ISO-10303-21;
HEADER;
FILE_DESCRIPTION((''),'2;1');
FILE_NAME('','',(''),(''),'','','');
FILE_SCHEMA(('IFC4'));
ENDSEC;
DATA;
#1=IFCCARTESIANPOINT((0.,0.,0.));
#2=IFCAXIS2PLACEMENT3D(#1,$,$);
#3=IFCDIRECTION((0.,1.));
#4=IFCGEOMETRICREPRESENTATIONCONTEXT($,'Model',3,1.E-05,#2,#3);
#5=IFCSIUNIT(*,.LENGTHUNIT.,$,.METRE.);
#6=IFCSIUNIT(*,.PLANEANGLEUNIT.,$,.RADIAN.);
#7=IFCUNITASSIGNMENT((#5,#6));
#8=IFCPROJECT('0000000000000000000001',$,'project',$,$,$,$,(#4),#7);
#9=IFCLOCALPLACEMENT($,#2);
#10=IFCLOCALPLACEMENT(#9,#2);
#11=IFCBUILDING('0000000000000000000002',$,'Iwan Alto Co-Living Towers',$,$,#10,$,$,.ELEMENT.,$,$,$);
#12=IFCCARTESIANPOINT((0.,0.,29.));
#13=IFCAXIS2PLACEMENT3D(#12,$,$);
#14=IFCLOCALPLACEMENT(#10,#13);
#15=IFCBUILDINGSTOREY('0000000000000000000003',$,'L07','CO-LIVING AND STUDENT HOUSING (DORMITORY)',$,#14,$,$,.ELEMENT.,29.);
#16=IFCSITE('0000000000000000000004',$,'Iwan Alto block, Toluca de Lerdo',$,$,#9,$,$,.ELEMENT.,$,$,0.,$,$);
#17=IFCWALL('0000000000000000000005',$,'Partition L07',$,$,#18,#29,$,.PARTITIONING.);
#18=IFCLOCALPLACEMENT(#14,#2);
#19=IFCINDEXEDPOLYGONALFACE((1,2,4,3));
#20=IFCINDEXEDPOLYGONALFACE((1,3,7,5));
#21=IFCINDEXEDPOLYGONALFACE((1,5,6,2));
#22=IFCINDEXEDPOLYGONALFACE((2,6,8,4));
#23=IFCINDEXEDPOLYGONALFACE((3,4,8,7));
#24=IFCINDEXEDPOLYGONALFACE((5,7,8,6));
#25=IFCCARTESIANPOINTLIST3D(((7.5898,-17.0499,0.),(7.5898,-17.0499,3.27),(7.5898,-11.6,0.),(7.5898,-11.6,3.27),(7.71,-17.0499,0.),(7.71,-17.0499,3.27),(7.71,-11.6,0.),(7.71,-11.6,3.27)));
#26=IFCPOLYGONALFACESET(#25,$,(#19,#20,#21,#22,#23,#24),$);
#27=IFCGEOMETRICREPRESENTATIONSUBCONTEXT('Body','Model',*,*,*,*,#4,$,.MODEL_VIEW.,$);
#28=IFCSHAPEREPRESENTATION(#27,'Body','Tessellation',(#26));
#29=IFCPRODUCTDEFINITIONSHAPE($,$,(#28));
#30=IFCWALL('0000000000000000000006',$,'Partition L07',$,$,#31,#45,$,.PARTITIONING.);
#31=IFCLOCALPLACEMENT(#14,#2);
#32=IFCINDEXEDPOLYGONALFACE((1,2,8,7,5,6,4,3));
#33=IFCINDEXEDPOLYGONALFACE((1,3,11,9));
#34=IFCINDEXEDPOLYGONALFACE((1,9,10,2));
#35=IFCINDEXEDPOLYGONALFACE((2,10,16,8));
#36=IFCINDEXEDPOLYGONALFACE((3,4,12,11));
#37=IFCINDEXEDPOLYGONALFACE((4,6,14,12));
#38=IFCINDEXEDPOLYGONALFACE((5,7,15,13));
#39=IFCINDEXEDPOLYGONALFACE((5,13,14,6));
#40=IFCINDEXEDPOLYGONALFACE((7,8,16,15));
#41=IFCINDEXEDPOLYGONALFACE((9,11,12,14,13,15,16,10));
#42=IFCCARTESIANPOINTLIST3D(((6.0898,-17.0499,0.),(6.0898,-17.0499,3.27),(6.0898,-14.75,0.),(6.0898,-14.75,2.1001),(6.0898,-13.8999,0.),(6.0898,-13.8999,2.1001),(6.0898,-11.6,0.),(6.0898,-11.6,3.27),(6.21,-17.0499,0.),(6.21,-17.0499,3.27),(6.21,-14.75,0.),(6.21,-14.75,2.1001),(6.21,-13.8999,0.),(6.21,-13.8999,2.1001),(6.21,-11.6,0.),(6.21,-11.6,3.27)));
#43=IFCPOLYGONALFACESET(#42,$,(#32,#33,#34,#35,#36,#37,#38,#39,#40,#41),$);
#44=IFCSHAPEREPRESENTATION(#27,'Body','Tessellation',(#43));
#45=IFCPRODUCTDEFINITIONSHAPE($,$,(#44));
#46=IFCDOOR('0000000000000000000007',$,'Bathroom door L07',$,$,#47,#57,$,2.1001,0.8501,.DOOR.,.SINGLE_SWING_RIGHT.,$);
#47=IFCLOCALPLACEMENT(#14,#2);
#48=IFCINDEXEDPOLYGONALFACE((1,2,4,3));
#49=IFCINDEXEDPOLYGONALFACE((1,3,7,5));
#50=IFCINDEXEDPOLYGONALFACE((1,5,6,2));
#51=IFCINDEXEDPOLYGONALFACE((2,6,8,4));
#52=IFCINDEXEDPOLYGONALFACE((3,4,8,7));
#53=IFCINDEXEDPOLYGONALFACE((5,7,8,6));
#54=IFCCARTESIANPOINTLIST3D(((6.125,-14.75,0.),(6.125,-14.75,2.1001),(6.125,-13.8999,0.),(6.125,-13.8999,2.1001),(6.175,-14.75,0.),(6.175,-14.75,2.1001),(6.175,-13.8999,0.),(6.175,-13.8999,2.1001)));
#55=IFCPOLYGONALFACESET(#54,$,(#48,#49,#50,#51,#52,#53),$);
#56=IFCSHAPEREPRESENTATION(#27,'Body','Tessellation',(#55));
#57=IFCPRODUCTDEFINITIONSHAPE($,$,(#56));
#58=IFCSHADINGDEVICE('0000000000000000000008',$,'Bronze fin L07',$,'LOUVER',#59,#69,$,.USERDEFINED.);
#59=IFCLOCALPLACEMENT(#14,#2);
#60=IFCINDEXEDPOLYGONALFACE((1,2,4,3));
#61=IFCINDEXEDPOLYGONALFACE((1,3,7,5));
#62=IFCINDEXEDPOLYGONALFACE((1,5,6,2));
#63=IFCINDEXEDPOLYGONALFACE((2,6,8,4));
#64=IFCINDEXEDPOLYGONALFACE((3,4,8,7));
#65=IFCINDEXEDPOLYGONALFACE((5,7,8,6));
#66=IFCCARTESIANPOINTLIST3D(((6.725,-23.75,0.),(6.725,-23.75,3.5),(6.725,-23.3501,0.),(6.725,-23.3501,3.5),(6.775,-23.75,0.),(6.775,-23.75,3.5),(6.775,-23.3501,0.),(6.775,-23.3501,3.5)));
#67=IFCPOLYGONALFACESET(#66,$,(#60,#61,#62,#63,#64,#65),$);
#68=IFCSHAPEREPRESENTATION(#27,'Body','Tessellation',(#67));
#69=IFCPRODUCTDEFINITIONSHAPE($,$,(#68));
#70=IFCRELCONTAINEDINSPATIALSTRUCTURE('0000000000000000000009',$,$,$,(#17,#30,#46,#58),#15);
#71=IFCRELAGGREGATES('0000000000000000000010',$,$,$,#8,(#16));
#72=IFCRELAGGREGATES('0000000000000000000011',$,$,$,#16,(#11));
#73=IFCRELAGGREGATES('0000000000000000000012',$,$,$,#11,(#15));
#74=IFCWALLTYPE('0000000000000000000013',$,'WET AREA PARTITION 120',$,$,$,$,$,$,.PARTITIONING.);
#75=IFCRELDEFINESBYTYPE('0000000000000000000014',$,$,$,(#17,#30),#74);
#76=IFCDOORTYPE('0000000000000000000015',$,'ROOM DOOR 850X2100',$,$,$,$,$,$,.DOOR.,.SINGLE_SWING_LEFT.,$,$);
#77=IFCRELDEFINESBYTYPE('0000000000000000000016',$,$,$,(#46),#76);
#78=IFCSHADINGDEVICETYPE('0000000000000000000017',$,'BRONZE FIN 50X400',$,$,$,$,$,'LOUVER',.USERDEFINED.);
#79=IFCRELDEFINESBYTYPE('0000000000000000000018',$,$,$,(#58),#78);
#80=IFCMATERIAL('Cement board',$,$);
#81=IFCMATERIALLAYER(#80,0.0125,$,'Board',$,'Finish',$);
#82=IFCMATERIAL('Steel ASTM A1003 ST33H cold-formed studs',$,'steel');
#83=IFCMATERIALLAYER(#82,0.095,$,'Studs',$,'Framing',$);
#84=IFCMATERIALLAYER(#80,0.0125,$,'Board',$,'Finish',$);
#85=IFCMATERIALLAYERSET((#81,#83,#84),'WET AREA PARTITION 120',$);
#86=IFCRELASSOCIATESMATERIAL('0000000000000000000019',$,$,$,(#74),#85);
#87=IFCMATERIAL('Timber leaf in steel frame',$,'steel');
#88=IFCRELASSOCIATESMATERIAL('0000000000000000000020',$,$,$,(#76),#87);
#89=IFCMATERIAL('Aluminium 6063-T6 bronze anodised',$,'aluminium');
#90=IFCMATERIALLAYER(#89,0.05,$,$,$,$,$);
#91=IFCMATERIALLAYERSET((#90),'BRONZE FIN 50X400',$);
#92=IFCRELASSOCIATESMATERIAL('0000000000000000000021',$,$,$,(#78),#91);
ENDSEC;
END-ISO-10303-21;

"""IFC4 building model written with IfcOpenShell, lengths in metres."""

from ifc_helpers import new_model, si_unit, direction, frame, frame_2d, origin, origin_2d, place, context, subcontext, project, spatial, rectangle, extrude, material, layer, layer_set, type_object, element, fill, save


model = new_model("IFC4")

# Units and contexts
model_context = context("Model", 3, precision=1e-05, world=origin(), true_north=direction((0.0, 1.0)))
body_context = subcontext(model_context, "Body", "Model", "MODEL_VIEW")
ifc_project = project(units=[si_unit("LENGTHUNIT", "METRE"), si_unit("PLANEANGLEUNIT", "RADIAN")], contexts=[model_context])

# Site, building, storey
site_placement = place(None, origin())
site = spatial("IfcSite", under=ifc_project, at=site_placement, Name="Iwan Alto block, Toluca de Lerdo", CompositionType="ELEMENT", RefElevation=0.0)
building_placement = place(site_placement, origin())
building = spatial("IfcBuilding", under=site, at=building_placement, Name="Iwan Alto Co-Living Towers", CompositionType="ELEMENT")
storey_placement = place(building_placement, frame((0.0, 0.0, 29.0)))
storey = spatial("IfcBuildingStorey", under=building, at=storey_placement, Name="L07", Description="CO-LIVING AND STUDENT HOUSING (DORMITORY)", CompositionType="ELEMENT", Elevation=29.0)

# Shared definitions
ifc_material_1 = material(Name="Steel ASTM A1003 ST33H cold-formed studs", Category="steel")

# Shared definitions
ifc_material_2 = material(Name="Cement board")
ifc_layer_1 = layer(ifc_material_2, 0.0125, Name="Board", Category="Finish")
ifc_layer_2 = layer(ifc_material_1, 0.095, Name="Studs", Category="Framing")
ifc_layer_3 = layer(ifc_material_2, 0.0125, Name="Board", Category="Finish")
ifc_layer_set_1 = layer_set([ifc_layer_1, ifc_layer_2, ifc_layer_3], Name="WET AREA PARTITION 120")
wall_type_1 = type_object("IfcWallType", Name="WET AREA PARTITION 120", PredefinedType="PARTITIONING", material=ifc_layer_set_1)
ifc_material_3 = material(Name="Timber leaf in steel frame", Category="steel")
door_type_1 = type_object("IfcDoorType", Name="ROOM DOOR 850X2100", OperationType="SINGLE_SWING_LEFT", PredefinedType="DOOR", material=ifc_material_3)

# Wall
wall_1_placement = place(storey_placement, frame((7.6499, -17.05, 0.0), z_axis=(0.0, 0.0, 1.0), x_axis=(0.0, 1.0, 0.0)))
element("IfcWall", 1, at=wall_1_placement, inside=storey, type_object=wall_type_1, Name="Partition L07", PredefinedType="PARTITIONING", context=body_context, shape_type="SweptSolid", body=[
    extrude(rectangle(XDim=5.45, YDim=0.1201, at=frame_2d((2.7251, 0.0))), origin(), (0.0, 0.0, 1.0), 3.27),
])

# Wall, opening, door
wall_2_placement = place(storey_placement, frame((6.1499, -17.05, 0.0), z_axis=(0.0, 0.0, 1.0), x_axis=(0.0, 1.0, 0.0)))
wall_2 = element("IfcWall", 2, at=wall_2_placement, inside=storey, type_object=wall_type_1, Name="Partition L07", PredefinedType="PARTITIONING", context=body_context, shape_type="SweptSolid", body=[
    extrude(rectangle(XDim=5.45, YDim=0.1201, at=frame_2d((2.7251, 0.0))), origin(), (0.0, 0.0, 1.0), 3.27),
])
opening_1_placement = place(wall_2_placement, frame((2.3, 0.0, 0.0)))
opening_1 = element("IfcOpeningElement", 3, at=opening_1_placement, cuts=wall_2, PredefinedType="OPENING", context=body_context, shape_type="SweptSolid", body=[
    extrude(rectangle(XDim=0.8501, YDim=2.1001, at=frame_2d((0.425, 1.05))), frame((0.0, 0.0701, 0.0), z_axis=(0.0, -1.0, 0.0), x_axis=(1.0, 0.0, 0.0)), (0.0, 0.0, 1.0), 0.1401),
])
door_1_placement = place(opening_1_placement, origin())
door_1 = element("IfcDoor", 4, at=door_1_placement, inside=storey, type_object=door_type_1, Name="Bathroom door L07", OperationType="SINGLE_SWING_RIGHT", OverallHeight=2.1001, OverallWidth=0.8501, PredefinedType="DOOR", context=body_context, shape_type="SweptSolid", body=[
    extrude(rectangle(XDim=0.8501, YDim=2.1001, at=frame_2d((0.425, 1.05))), frame((0.0, 0.0249, 0.0), z_axis=(0.0, -1.0, 0.0), x_axis=(1.0, 0.0, 0.0)), (0.0, 0.0, 1.0), 0.05),
])
fill(opening_1, door_1)

# Shading device
ifc_material_4 = material(Name="Aluminium 6063-T6 bronze anodised", Category="aluminium")
ifc_layer_4 = layer(ifc_material_4, 0.05)
ifc_layer_set_2 = layer_set([ifc_layer_4], Name="BRONZE FIN 50X400")
shading_device_type = type_object("IfcShadingDeviceType", Name="BRONZE FIN 50X400", ElementType="LOUVER", PredefinedType="USERDEFINED", material=ifc_layer_set_2)
shading_device_placement = place(storey_placement, frame((6.75, -23.55, 0.0), z_axis=(0.0, 0.0, 1.0), x_axis=(1.0, 0.0, 0.0)))
element("IfcShadingDevice", 5, at=shading_device_placement, inside=storey, type_object=shading_device_type, Name="Bronze fin L07", ObjectType="LOUVER", PredefinedType="USERDEFINED", context=body_context, shape_type="SweptSolid", body=[
    extrude(rectangle(XDim=0.05, YDim=0.3999, at=origin_2d()), origin(), (0.0, 0.0, 1.0), 3.5),
])

save(model, "model.ifc")
